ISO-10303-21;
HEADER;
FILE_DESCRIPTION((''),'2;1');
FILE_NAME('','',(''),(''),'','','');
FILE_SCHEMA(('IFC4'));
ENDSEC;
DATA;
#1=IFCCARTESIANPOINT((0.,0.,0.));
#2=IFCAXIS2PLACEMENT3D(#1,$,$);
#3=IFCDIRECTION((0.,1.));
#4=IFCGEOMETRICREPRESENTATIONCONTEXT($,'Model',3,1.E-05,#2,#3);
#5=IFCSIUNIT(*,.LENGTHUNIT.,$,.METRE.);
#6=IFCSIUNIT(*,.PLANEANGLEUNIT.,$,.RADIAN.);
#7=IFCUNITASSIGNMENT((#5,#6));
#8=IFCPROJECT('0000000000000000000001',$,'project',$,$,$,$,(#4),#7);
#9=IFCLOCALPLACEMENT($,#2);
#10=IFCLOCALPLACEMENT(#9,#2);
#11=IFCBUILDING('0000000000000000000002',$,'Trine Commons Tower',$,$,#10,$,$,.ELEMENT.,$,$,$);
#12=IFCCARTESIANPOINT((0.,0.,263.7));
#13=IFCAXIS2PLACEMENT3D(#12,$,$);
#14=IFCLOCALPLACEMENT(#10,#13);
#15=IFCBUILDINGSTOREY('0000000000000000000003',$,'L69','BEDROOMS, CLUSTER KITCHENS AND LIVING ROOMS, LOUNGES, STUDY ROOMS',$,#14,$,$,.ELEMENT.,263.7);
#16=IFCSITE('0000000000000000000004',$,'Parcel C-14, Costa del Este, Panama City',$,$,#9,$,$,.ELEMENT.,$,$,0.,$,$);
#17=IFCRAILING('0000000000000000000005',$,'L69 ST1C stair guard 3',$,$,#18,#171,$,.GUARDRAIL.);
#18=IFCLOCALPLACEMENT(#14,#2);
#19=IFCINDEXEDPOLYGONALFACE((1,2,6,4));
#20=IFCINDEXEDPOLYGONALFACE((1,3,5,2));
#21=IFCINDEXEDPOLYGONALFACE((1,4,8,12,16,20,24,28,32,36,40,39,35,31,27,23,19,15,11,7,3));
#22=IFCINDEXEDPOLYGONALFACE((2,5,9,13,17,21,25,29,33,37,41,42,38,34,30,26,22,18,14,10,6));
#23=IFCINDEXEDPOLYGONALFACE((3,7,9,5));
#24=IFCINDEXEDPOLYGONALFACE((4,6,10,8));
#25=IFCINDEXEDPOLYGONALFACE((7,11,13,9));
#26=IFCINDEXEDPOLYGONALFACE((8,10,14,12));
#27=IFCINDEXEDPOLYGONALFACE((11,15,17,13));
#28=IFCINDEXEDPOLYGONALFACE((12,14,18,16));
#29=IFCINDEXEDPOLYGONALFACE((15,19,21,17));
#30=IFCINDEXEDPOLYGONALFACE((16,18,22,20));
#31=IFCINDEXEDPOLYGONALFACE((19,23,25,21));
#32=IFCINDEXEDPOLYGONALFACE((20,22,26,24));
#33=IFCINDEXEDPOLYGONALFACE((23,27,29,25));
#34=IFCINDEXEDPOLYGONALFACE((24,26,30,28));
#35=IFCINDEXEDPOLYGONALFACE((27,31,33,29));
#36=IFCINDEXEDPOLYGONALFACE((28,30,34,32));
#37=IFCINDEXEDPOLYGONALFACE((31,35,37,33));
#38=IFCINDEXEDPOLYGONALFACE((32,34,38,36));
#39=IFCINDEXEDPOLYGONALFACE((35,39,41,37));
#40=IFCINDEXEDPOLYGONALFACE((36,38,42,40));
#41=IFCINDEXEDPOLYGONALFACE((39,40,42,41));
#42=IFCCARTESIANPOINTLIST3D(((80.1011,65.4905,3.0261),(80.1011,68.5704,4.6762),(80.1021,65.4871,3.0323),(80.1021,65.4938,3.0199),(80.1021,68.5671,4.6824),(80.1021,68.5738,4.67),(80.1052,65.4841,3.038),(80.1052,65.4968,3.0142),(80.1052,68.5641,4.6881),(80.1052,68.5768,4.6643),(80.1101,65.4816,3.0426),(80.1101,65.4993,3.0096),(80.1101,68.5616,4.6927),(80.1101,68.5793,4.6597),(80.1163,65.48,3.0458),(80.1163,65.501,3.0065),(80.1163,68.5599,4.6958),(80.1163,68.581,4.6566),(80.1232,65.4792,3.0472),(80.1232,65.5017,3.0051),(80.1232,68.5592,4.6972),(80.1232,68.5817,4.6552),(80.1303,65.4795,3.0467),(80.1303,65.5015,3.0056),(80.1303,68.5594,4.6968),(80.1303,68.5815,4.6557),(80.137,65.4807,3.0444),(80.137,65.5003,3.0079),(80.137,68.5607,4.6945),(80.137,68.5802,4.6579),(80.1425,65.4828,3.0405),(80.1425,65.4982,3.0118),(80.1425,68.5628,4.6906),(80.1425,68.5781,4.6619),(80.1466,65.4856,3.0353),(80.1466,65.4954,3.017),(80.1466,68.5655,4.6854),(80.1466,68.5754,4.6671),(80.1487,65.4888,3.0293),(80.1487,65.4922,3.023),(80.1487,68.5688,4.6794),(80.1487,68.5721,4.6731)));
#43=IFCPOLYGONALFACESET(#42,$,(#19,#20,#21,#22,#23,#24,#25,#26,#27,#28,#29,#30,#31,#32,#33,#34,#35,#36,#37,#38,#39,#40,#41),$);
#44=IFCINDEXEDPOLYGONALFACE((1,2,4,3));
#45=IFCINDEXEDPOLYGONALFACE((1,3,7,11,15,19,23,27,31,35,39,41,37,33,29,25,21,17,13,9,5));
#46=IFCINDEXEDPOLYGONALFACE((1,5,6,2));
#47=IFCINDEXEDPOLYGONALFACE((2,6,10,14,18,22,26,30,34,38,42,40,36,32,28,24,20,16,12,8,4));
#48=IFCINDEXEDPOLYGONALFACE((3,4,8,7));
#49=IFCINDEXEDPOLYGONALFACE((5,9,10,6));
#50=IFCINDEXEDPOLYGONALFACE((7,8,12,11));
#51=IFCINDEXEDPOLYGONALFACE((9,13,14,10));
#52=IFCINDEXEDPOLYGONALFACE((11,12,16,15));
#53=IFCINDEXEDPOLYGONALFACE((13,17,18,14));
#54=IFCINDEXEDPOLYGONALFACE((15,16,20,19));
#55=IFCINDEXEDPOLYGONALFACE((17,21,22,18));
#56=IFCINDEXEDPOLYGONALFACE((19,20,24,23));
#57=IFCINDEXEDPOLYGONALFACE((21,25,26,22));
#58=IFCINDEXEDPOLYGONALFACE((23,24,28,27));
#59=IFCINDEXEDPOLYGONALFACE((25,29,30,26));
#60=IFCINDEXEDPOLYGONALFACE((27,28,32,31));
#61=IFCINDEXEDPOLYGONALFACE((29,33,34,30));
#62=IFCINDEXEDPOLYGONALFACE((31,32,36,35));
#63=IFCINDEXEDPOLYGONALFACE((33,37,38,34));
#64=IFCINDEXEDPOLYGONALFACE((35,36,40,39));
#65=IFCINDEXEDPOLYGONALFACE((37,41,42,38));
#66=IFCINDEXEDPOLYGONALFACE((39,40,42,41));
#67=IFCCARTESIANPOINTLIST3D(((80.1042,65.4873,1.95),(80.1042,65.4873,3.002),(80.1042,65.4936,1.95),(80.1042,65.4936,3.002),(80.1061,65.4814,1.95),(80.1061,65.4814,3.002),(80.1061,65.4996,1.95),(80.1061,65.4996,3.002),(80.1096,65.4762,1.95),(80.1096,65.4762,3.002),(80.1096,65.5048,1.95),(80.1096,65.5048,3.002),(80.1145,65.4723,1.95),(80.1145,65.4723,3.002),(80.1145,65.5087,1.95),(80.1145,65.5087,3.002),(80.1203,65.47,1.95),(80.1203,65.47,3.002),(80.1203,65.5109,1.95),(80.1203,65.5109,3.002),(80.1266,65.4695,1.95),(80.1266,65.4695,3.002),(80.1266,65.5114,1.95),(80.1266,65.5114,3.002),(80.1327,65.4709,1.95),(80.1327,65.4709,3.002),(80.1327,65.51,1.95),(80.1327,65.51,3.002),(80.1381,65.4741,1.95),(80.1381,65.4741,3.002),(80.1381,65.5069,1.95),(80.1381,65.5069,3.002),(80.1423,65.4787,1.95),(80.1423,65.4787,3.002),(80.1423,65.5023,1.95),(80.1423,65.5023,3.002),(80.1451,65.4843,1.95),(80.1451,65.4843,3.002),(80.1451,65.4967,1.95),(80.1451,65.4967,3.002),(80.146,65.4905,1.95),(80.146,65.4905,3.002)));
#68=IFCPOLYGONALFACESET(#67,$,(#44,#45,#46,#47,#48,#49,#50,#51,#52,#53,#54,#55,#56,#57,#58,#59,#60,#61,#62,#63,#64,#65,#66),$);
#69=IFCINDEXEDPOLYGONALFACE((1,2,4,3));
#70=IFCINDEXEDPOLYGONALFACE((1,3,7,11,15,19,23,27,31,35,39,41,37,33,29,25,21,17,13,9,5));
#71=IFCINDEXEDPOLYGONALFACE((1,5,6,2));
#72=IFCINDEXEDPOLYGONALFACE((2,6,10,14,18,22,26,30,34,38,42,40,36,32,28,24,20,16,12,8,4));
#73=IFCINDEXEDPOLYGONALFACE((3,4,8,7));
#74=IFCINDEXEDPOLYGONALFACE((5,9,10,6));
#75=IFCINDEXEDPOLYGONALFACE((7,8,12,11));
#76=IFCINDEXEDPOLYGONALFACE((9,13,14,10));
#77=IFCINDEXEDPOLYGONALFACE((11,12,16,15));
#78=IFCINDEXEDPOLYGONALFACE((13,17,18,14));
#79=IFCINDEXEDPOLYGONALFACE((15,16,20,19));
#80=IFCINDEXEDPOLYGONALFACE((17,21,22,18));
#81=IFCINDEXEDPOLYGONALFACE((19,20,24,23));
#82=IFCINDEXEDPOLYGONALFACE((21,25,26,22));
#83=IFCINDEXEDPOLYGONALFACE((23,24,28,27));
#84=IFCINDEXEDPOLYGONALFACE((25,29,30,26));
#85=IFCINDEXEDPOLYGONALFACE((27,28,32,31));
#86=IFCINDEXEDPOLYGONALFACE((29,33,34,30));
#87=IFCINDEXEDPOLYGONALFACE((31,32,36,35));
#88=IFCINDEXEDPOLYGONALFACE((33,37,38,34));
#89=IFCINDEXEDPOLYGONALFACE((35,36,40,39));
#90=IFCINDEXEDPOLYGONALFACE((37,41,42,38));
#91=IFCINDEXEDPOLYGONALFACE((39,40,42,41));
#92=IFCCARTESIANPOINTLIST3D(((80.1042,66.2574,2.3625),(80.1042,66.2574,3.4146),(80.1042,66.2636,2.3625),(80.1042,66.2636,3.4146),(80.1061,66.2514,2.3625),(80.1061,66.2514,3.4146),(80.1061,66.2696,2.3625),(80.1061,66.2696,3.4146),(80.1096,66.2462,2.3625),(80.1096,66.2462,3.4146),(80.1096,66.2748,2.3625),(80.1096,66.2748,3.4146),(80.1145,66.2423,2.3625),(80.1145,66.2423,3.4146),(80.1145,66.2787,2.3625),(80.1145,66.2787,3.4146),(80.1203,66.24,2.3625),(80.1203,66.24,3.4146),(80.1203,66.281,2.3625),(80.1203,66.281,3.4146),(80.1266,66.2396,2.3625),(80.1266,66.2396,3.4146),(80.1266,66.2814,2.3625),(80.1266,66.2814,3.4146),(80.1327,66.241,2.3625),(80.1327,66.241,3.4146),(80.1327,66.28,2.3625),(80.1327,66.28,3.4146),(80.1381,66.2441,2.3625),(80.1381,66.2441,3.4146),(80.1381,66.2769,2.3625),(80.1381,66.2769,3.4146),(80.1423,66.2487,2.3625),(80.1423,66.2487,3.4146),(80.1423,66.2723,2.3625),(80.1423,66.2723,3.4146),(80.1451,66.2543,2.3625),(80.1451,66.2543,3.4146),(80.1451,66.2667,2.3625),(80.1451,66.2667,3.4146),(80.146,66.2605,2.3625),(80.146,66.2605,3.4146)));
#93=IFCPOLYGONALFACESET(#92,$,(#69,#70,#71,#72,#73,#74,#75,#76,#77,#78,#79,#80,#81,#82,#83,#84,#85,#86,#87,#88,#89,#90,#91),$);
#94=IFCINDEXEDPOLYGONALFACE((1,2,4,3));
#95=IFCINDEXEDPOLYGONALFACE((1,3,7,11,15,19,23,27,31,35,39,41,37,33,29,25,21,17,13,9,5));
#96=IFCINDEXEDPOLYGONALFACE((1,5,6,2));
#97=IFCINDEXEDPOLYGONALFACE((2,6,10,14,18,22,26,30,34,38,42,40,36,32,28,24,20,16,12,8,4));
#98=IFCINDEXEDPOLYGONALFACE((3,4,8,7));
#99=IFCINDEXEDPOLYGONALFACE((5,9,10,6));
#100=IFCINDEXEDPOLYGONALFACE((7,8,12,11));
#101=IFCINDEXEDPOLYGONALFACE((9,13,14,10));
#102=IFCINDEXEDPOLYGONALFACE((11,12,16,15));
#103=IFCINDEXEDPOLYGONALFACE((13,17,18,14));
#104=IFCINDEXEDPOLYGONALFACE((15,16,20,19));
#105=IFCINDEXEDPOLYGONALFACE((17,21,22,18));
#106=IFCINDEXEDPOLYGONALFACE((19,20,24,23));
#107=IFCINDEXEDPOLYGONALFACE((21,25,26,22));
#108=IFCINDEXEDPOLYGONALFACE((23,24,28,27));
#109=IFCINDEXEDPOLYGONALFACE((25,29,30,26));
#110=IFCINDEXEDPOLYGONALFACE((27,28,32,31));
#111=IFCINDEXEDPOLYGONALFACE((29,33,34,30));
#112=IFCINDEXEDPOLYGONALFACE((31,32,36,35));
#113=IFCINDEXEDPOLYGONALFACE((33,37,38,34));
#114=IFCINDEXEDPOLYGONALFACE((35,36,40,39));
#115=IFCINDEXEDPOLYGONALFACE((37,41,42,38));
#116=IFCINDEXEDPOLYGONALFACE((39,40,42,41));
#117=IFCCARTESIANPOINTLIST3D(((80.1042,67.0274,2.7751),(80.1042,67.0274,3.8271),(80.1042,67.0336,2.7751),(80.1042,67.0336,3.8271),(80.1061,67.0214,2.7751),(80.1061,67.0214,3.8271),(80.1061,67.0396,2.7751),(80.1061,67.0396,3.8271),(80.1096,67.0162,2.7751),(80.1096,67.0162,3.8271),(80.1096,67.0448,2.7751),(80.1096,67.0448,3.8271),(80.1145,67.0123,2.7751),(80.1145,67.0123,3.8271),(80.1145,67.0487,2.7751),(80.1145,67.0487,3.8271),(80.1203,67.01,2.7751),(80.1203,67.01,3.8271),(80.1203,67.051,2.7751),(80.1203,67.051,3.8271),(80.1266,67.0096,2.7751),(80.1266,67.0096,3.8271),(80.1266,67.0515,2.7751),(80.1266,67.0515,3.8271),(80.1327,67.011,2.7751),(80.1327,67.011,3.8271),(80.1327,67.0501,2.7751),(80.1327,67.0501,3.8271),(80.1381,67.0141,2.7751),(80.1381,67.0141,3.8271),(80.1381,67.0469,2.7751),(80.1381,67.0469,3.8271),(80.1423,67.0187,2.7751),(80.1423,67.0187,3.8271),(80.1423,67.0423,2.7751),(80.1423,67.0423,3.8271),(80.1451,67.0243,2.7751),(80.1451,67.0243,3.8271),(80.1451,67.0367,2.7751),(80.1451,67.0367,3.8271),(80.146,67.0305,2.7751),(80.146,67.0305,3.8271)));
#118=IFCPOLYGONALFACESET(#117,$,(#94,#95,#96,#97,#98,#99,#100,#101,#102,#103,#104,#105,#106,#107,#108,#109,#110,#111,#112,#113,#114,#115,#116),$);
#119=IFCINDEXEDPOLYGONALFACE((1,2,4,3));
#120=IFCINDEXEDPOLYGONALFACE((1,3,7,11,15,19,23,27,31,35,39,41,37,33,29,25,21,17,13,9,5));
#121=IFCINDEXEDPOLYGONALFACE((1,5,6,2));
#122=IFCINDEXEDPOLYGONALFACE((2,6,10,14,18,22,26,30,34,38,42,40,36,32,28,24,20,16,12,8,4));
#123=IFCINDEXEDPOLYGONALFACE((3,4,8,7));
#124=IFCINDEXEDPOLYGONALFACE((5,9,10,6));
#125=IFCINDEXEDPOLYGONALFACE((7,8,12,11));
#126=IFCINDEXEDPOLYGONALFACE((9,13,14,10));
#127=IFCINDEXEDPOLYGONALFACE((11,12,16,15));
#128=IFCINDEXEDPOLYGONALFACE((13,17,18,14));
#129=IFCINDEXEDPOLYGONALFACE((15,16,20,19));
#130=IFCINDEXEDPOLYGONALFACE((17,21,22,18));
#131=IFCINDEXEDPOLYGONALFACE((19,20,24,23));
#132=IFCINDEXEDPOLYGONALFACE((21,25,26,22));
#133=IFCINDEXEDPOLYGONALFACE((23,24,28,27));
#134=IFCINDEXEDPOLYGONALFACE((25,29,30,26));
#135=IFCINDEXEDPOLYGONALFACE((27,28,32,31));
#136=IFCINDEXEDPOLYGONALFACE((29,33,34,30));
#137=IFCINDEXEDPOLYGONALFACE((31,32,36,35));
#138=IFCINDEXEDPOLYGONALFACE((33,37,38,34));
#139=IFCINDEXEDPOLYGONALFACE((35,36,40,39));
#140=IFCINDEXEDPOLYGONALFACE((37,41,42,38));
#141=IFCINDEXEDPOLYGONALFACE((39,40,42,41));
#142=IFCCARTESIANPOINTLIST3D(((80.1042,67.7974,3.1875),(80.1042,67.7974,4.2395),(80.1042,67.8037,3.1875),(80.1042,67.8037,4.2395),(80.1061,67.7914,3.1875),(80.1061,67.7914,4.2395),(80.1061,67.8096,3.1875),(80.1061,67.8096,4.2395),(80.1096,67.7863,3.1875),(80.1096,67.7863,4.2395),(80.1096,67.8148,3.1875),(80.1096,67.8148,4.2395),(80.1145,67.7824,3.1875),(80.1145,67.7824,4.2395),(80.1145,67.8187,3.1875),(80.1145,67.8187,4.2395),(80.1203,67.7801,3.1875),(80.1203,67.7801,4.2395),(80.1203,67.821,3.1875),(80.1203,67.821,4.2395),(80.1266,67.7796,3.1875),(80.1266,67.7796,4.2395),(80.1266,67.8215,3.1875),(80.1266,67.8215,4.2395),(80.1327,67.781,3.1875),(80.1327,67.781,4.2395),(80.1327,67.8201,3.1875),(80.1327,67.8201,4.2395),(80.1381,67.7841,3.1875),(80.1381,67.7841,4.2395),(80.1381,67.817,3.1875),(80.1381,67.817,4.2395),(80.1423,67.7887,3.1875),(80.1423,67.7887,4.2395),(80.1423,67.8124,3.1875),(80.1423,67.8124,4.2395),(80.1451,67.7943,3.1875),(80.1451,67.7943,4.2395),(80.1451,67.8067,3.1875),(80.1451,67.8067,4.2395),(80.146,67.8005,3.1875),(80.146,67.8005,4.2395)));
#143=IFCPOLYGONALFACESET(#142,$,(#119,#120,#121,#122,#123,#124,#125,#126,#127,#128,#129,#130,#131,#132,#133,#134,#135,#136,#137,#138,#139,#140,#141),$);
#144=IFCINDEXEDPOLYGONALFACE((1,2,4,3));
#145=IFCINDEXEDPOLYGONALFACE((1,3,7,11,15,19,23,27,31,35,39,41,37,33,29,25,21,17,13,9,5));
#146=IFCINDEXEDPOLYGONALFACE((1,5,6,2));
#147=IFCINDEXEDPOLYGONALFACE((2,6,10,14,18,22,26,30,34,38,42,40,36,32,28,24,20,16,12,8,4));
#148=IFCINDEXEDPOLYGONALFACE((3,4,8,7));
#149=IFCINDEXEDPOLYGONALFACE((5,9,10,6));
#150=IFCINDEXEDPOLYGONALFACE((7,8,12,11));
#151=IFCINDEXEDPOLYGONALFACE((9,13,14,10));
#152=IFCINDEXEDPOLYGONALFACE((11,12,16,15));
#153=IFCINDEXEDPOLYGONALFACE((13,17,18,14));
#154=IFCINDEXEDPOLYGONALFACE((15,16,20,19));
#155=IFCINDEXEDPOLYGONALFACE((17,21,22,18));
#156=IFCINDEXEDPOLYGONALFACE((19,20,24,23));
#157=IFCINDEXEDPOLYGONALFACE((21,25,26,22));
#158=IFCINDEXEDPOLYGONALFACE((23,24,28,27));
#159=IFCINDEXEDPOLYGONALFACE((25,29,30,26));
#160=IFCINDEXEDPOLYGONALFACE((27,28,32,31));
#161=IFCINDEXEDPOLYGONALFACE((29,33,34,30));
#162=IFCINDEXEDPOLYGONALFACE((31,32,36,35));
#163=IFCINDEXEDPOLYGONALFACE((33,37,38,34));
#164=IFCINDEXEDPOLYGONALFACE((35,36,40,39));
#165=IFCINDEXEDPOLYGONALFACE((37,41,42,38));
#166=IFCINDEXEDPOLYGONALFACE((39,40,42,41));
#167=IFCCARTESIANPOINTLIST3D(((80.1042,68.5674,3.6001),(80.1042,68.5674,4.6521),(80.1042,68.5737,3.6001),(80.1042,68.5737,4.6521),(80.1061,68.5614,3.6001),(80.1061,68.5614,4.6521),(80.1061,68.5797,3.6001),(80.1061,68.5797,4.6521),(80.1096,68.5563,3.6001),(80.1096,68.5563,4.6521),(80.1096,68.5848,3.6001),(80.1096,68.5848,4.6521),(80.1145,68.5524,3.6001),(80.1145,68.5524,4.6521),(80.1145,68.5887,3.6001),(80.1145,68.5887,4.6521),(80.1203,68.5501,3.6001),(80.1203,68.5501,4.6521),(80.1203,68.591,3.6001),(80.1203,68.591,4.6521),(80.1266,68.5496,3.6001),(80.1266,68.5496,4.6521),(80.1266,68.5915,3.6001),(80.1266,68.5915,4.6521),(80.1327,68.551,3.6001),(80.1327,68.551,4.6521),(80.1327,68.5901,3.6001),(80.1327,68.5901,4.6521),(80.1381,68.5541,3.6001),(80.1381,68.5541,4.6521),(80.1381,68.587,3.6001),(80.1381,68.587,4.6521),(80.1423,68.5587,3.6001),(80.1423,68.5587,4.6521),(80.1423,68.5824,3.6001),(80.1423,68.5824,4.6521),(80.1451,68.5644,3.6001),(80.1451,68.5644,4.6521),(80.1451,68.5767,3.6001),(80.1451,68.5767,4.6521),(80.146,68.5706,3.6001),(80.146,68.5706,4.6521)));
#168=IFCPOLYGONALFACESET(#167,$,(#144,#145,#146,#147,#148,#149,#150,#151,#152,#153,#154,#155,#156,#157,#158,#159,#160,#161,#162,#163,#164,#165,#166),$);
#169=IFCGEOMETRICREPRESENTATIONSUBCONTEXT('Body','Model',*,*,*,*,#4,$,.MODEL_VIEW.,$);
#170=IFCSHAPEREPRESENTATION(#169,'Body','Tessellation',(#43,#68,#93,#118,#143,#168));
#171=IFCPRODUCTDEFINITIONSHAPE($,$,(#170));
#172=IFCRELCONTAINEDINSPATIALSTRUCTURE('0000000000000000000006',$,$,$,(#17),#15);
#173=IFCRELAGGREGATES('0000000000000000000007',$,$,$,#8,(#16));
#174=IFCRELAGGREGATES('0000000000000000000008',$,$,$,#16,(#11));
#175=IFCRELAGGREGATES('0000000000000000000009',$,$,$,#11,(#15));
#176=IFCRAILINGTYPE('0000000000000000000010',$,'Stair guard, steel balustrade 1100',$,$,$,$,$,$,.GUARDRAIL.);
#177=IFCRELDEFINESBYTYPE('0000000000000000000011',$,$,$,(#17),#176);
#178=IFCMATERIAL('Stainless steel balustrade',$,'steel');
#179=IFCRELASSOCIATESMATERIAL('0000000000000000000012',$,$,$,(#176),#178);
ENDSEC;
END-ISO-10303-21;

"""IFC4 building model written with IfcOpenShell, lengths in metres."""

from ifc_helpers import new_model, si_unit, direction, frame, origin, origin_2d, place, context, subcontext, project, spatial, circle, extrude, material, type_object, element, save


model = new_model("IFC4")

# Units and contexts
model_context = context("Model", 3, precision=1e-05, world=origin(), true_north=direction((0.0, 1.0)))
body_context = subcontext(model_context, "Body", "Model", "MODEL_VIEW")
ifc_project = project(units=[si_unit("LENGTHUNIT", "METRE"), si_unit("PLANEANGLEUNIT", "RADIAN")], contexts=[model_context])

# Site, building, storey
site_placement = place(None, origin())
site = spatial("IfcSite", under=ifc_project, at=site_placement, Name="Parcel C-14, Costa del Este, Panama City", CompositionType="ELEMENT", RefElevation=0.0)
building_placement = place(site_placement, origin())
building = spatial("IfcBuilding", under=site, at=building_placement, Name="Trine Commons Tower", CompositionType="ELEMENT")
storey_placement = place(building_placement, frame((0.0, 0.0, 263.7)))
storey = spatial("IfcBuildingStorey", under=building, at=storey_placement, Name="L69", Description="BEDROOMS, CLUSTER KITCHENS AND LIVING ROOMS, LOUNGES, STUDY ROOMS", CompositionType="ELEMENT", Elevation=263.7)

# Railing
ifc_material_1 = material(Name="Stainless steel balustrade", Category="steel")
railing_type_1 = type_object("IfcRailingType", Name="Stair guard, steel balustrade 1100", PredefinedType="GUARDRAIL", material=ifc_material_1)
railing_1_placement = place(storey_placement, frame((80.125, 65.4905, 1.95)))
element("IfcRailing", 1, at=railing_1_placement, inside=storey, type_object=railing_type_1, Name="L69 ST1C stair guard 3", PredefinedType="GUARDRAIL", context=body_context, shape_type="SweptSolid", body=[
    extrude(circle(Radius=0.0239, at=origin_2d()), frame((0.0, 0.0, 1.0762), z_axis=(0.0, 0.881468, 0.472245), x_axis=(-1.0, 0.0, 0.0)), (0.0, 0.0, 1.0), 3.4941),
    extrude(circle(Radius=0.021, at=origin_2d()), origin(), (0.0, 0.0, 1.0), 1.052),
    extrude(circle(Radius=0.021, at=origin_2d()), frame((0.0, 0.77, 0.4126)), (0.0, 0.0, 1.0), 1.052),
    extrude(circle(Radius=0.021, at=origin_2d()), frame((0.0, 1.54, 0.8252)), (0.0, 0.0, 1.0), 1.052),
    extrude(circle(Radius=0.021, at=origin_2d()), frame((0.0, 2.3101, 1.2375)), (0.0, 0.0, 1.0), 1.052),
    extrude(circle(Radius=0.021, at=origin_2d()), frame((0.0, 3.0801, 1.6501)), (0.0, 0.0, 1.0), 1.052),
])

save(model, "model.ifc")
